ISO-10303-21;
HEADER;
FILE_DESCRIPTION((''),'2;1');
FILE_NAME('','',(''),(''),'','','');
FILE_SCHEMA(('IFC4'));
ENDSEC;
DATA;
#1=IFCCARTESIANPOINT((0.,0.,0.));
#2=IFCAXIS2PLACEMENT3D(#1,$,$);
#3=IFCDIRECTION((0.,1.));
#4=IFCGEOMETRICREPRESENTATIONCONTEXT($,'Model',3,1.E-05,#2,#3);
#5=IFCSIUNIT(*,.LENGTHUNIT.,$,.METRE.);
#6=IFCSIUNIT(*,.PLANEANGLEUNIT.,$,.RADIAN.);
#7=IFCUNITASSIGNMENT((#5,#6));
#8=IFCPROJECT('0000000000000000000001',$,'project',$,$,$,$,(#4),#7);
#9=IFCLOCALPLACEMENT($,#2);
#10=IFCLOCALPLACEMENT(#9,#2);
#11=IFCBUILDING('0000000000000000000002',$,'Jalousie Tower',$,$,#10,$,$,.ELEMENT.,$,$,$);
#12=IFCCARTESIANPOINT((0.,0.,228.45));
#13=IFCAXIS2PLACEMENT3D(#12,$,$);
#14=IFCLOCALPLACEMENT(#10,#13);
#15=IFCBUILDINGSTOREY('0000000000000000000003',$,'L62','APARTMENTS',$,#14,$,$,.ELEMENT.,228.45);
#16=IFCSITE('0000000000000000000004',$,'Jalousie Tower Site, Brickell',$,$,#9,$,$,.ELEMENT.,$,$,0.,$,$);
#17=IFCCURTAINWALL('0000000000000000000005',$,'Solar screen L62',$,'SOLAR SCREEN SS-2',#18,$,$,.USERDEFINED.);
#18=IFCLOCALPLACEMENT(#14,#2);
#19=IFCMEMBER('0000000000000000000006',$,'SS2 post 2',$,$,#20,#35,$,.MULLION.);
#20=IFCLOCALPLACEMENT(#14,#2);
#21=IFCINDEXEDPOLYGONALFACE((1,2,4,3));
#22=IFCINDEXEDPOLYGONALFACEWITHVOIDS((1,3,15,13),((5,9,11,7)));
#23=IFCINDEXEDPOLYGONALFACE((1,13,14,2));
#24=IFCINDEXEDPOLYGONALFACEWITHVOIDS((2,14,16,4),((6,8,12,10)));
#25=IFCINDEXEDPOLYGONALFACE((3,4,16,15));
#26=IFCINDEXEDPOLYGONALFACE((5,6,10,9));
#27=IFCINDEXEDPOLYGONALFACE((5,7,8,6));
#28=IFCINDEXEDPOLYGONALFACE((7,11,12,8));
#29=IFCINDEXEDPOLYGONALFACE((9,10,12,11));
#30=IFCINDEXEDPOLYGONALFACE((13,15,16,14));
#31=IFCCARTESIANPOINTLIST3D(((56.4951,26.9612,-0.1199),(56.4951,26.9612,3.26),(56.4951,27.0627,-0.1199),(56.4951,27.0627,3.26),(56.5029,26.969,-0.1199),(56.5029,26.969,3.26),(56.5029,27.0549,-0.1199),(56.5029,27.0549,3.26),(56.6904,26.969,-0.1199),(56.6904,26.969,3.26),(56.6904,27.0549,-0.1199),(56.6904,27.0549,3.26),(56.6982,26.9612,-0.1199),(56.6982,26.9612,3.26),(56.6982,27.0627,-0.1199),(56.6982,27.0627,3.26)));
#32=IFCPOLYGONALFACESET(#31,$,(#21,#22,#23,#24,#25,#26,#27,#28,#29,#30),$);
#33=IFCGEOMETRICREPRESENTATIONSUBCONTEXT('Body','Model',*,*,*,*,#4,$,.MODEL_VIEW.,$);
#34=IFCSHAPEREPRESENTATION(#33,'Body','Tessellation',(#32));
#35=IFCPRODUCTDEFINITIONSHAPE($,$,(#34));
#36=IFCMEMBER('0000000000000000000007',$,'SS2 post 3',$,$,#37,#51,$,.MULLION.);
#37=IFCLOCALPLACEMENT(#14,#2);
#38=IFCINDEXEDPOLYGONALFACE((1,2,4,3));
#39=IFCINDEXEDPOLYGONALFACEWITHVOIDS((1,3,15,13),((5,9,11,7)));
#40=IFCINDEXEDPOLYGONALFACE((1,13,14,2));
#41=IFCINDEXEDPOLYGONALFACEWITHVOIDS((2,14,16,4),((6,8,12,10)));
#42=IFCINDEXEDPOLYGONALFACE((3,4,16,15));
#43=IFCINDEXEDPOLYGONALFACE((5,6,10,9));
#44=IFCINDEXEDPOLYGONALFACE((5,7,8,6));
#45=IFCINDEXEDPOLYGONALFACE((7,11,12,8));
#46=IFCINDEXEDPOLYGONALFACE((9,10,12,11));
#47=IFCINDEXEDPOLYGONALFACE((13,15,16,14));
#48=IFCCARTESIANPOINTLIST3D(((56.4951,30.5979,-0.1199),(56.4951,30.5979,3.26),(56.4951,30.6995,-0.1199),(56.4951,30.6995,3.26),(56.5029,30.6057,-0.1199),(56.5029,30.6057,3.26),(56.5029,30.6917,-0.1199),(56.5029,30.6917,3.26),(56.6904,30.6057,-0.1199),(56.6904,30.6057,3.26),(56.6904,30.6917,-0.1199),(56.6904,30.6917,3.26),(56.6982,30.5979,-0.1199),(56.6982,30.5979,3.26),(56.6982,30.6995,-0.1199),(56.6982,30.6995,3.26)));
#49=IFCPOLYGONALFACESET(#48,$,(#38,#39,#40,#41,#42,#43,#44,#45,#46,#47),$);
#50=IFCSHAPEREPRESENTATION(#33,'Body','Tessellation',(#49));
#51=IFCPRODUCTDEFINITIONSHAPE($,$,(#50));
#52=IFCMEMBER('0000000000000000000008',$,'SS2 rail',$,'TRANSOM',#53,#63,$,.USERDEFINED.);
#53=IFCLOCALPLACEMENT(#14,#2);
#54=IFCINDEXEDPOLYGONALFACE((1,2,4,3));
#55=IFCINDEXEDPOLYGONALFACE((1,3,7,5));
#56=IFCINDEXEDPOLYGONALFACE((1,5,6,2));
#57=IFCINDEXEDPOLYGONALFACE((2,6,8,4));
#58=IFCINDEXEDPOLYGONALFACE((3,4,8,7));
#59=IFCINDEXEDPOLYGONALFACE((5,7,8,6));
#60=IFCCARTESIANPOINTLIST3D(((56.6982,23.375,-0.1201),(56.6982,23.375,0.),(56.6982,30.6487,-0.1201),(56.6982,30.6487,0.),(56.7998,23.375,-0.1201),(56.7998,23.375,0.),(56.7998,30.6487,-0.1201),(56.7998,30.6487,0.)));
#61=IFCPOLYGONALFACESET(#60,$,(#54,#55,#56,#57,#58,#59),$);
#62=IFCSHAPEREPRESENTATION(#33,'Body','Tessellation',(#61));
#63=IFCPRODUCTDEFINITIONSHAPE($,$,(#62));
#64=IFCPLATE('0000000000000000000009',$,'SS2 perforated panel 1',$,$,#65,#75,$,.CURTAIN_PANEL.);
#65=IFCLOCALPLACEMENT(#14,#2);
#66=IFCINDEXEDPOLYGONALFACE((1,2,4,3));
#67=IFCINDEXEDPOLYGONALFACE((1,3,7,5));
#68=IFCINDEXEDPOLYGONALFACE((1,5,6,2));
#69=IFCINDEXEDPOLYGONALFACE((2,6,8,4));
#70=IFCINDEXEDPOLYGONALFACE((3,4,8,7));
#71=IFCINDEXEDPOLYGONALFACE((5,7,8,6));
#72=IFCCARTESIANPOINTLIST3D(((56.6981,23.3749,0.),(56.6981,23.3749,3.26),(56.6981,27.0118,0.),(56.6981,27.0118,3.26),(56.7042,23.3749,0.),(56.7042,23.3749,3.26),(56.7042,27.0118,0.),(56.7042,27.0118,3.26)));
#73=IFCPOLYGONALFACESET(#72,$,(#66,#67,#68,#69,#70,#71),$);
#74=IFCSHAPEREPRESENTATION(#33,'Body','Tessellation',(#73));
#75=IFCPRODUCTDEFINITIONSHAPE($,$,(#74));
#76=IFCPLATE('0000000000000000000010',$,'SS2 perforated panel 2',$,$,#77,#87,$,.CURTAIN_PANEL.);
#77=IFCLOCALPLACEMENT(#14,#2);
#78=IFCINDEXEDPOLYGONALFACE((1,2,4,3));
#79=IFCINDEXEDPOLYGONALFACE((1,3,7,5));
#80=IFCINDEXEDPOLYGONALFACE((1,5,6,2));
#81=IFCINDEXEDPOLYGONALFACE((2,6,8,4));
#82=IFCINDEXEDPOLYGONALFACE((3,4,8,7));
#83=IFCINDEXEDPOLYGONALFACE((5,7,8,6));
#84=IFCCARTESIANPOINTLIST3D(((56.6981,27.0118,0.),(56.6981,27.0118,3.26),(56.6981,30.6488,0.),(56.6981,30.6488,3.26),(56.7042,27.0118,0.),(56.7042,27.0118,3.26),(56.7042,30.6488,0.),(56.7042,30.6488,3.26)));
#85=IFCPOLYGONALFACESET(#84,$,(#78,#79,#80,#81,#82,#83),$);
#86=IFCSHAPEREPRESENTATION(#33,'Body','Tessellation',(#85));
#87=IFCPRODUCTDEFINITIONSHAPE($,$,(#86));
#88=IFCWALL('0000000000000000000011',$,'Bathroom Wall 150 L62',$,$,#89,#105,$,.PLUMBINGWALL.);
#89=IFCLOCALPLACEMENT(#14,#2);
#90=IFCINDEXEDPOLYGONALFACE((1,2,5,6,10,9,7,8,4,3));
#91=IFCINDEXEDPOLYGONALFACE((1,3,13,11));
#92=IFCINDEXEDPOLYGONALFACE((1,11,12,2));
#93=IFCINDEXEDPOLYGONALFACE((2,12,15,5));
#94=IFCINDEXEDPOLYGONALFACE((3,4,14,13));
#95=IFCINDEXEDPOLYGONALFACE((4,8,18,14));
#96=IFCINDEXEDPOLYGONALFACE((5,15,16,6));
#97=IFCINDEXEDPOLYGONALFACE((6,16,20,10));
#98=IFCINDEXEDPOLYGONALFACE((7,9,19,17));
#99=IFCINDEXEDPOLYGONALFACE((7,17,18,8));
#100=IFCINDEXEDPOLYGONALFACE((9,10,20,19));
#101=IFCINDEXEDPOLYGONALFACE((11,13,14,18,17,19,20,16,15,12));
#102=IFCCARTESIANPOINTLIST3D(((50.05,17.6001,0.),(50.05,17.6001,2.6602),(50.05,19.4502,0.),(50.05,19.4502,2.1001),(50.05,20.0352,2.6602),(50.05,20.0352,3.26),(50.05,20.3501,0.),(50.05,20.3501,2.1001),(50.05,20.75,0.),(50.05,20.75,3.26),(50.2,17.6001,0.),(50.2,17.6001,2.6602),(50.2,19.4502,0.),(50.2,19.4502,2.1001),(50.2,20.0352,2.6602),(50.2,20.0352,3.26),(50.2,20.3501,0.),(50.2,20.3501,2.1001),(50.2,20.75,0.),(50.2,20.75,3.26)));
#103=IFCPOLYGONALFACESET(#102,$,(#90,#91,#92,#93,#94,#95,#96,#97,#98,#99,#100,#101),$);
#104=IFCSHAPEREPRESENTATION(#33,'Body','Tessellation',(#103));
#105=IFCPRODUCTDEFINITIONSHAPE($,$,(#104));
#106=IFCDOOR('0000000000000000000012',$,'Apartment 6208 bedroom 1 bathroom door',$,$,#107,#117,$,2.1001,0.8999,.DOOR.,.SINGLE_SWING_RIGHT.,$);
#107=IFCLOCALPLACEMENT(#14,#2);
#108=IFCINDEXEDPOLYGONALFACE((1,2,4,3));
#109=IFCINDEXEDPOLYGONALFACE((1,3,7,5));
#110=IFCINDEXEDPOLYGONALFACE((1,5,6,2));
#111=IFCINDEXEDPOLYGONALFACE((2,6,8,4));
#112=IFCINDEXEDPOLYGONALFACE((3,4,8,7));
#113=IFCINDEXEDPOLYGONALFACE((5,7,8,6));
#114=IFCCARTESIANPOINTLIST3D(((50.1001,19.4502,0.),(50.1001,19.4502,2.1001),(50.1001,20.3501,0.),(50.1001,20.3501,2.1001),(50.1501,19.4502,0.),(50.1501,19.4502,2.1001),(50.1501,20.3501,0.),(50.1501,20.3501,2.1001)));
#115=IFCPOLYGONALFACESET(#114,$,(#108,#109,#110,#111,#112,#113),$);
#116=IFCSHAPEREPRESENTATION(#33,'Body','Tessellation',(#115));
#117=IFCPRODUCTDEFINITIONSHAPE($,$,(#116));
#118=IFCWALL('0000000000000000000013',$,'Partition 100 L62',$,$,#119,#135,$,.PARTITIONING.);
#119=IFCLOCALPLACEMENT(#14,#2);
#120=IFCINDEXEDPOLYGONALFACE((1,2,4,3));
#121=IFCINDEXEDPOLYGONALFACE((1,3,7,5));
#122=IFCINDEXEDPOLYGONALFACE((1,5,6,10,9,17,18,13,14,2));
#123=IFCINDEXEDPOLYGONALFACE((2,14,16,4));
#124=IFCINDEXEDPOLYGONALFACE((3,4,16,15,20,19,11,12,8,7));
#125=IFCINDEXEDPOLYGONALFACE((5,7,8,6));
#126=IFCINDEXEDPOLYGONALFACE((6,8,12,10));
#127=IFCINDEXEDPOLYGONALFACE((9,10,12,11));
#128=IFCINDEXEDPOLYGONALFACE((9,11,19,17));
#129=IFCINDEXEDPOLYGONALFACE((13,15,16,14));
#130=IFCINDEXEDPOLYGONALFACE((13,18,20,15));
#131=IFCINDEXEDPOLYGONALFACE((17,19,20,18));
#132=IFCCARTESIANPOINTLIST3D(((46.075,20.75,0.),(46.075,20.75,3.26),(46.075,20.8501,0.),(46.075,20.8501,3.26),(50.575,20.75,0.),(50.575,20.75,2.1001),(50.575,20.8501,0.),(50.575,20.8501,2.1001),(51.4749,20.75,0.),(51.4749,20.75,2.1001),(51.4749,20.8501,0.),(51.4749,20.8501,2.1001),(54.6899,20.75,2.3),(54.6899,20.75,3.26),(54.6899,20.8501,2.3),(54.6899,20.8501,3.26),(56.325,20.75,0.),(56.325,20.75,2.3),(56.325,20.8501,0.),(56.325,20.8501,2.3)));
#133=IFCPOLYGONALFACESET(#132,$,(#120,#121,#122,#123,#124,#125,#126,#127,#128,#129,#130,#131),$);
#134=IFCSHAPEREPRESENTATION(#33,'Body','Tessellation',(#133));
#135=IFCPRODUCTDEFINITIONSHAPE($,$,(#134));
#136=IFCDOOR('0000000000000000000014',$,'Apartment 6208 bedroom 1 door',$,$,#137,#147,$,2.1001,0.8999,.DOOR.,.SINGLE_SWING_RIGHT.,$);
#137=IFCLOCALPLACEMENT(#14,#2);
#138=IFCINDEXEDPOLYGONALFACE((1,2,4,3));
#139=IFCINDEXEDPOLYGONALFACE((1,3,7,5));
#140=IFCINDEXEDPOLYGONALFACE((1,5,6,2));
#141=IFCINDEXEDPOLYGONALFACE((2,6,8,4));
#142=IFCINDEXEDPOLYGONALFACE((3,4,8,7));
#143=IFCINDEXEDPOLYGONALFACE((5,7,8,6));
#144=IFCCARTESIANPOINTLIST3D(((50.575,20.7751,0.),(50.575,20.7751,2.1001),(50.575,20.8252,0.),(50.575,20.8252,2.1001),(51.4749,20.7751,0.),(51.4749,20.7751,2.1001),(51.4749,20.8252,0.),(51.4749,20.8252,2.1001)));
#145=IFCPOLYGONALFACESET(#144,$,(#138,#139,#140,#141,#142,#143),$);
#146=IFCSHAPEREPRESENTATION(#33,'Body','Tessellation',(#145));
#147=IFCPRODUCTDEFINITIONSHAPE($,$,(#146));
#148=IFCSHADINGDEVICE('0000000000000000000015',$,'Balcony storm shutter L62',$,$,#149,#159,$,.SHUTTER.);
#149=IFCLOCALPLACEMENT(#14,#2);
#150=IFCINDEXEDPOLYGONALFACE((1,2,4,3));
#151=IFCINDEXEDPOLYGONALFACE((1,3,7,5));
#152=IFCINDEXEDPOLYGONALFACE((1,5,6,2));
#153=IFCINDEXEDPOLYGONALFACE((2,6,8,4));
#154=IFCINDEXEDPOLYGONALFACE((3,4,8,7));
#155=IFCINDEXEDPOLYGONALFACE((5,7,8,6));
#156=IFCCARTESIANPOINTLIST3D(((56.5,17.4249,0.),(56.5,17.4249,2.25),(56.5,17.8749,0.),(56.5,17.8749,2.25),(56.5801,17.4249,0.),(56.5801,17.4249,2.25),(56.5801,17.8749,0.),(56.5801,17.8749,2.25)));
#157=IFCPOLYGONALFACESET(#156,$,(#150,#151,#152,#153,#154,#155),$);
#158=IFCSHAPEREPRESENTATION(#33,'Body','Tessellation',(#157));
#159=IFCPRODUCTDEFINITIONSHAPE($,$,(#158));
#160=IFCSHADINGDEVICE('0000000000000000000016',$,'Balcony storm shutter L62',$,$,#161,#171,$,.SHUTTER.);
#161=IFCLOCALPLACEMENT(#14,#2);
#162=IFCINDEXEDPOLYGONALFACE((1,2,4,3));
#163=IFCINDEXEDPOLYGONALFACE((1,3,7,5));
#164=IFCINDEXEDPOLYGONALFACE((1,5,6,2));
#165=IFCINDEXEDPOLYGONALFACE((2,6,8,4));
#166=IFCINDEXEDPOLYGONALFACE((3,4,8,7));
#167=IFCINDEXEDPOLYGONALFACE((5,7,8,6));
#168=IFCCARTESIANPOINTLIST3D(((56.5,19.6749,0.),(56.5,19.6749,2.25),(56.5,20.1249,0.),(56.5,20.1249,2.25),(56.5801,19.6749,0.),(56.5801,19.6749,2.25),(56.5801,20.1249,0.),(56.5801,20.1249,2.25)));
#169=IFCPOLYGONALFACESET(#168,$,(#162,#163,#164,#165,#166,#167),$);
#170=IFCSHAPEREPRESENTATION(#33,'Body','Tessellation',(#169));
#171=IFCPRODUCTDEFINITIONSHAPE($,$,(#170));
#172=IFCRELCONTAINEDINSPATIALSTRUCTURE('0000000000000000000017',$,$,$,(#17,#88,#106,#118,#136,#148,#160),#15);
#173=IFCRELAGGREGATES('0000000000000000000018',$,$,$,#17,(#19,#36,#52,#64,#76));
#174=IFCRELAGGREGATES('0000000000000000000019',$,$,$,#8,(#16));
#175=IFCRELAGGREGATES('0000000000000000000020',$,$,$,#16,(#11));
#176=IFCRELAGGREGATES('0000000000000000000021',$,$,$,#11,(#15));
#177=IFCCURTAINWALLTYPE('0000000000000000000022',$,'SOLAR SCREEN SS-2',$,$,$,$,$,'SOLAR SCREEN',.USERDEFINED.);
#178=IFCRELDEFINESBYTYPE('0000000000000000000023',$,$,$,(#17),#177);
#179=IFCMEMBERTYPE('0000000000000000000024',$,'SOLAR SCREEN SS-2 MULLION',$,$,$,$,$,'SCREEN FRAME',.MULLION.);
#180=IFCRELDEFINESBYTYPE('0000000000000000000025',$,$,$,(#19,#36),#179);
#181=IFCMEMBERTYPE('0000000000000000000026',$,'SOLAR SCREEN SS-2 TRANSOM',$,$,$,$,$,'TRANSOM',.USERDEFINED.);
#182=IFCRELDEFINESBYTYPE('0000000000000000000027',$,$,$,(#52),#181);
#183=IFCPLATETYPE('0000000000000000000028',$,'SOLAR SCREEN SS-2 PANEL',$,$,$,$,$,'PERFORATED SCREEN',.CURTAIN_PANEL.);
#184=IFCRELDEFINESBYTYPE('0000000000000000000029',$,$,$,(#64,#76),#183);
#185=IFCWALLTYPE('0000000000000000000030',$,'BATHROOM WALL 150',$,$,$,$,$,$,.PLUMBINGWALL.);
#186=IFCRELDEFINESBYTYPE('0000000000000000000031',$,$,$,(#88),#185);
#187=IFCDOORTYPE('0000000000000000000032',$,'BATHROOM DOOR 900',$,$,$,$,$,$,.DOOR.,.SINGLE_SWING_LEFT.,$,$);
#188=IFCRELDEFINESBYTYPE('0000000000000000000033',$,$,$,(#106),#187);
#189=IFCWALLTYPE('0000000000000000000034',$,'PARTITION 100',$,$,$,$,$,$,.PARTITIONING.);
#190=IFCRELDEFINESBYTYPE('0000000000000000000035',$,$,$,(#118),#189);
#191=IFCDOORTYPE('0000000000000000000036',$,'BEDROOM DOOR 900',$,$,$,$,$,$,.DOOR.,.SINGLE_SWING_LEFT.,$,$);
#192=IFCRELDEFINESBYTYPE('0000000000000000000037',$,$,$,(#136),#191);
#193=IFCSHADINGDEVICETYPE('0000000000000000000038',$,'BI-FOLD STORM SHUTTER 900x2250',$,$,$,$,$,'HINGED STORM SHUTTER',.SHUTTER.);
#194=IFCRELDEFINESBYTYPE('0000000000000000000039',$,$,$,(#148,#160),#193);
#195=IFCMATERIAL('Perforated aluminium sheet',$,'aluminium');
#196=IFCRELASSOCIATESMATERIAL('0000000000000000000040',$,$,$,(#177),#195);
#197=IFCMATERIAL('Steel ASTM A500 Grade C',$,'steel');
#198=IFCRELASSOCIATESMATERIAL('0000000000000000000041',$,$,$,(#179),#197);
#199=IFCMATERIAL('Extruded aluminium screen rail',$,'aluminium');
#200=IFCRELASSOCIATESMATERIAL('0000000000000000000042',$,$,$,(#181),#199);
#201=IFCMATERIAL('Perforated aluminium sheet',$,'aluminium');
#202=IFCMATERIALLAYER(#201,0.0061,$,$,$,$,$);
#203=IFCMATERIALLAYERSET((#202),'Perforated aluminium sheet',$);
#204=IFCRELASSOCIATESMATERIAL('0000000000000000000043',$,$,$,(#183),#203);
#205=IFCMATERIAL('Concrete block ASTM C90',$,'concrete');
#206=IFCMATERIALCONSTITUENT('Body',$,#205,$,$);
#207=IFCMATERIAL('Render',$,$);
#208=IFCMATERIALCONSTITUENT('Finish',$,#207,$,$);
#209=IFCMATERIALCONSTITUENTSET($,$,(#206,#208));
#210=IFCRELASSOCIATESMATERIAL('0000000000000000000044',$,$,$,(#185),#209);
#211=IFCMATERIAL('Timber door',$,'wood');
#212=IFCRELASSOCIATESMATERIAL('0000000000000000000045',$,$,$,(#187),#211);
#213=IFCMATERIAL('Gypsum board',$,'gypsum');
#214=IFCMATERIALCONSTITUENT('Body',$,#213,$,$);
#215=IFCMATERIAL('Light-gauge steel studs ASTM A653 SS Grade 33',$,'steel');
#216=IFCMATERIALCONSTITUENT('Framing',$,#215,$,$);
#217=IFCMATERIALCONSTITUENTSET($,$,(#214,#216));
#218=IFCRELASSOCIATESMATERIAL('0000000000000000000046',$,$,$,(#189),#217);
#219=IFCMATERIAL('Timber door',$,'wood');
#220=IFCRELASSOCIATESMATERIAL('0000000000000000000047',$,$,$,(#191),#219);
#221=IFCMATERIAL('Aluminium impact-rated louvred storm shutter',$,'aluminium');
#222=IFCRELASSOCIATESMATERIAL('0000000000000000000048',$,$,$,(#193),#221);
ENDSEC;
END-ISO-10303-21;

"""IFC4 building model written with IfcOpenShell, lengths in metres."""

from ifc_helpers import new_model, si_unit, direction, frame, frame_2d, origin, origin_2d, place, context, subcontext, project, spatial, polyline, rectangle, hollow_rectangle, outline, extrude, material, layer, layer_set, constituent, constituent_set, material_profile, profile_set, type_object, element, fill, aggregate, save


model = new_model("IFC4")

# Units and contexts
model_context = context("Model", 3, precision=1e-05, world=origin(), true_north=direction((0.0, 1.0)))
body_context = subcontext(model_context, "Body", "Model", "MODEL_VIEW")
ifc_project = project(units=[si_unit("LENGTHUNIT", "METRE"), si_unit("PLANEANGLEUNIT", "RADIAN")], contexts=[model_context])

# Site, building, storey
site_placement = place(None, origin())
site = spatial("IfcSite", under=ifc_project, at=site_placement, Name="Jalousie Tower Site, Brickell", CompositionType="ELEMENT", RefElevation=0.0)
building_placement = place(site_placement, origin())
building = spatial("IfcBuilding", under=site, at=building_placement, Name="Jalousie Tower", CompositionType="ELEMENT")
storey_placement = place(building_placement, frame((0.0, 0.0, 228.45)))
storey = spatial("IfcBuildingStorey", under=building, at=storey_placement, Name="L62", Description="APARTMENTS", CompositionType="ELEMENT", Elevation=228.45)

# Curtain wall, members, plates
ifc_material_1 = material(Name="Perforated aluminium sheet", Category="aluminium")
curtain_wall_type_1 = type_object("IfcCurtainWallType", Name="SOLAR SCREEN SS-2", ElementType="SOLAR SCREEN", PredefinedType="USERDEFINED", material=ifc_material_1)
curtain_wall_1_placement = place(storey_placement, origin())
curtain_wall_1 = element("IfcCurtainWall", 1, at=curtain_wall_1_placement, inside=storey, type_object=curtain_wall_type_1, Name="Solar screen L62", ObjectType="SOLAR SCREEN SS-2", PredefinedType="USERDEFINED")
ifc_material_2 = material(Name="Steel ASTM A500 Grade C", Category="steel")
ifc_material_profile_1 = material_profile(ifc_material_2, hollow_rectangle(XDim=0.1016, YDim=0.2031, WallThickness=0.0078, at=origin_2d()), Name="HSS8X4X5/16")
ifc_profile_set_1 = profile_set([ifc_material_profile_1], Name="Steel ASTM A500 Grade C")
member_type_1 = type_object("IfcMemberType", Name="SOLAR SCREEN SS-2 MULLION", ElementType="SCREEN FRAME", PredefinedType="MULLION", material=ifc_profile_set_1)
member_1_placement = place(storey_placement, frame((56.5967, 27.012, -0.1199), z_axis=(0.0, 0.0, 1.0), x_axis=(0.0, 1.0, 0.0)))
member_1 = element("IfcMember", 2, at=member_1_placement, type_object=member_type_1, Name="SS2 post 2", PredefinedType="MULLION", context=body_context, shape_type="SweptSolid", body=[
    extrude(hollow_rectangle(XDim=0.1016, YDim=0.2031, WallThickness=0.0078, at=origin_2d()), origin(), (0.0, 0.0, 1.0), 3.3799),
])
member_2_placement = place(storey_placement, frame((56.5967, 30.6487, -0.1199), z_axis=(0.0, 0.0, 1.0), x_axis=(0.0, 1.0, 0.0)))
member_2 = element("IfcMember", 3, at=member_2_placement, type_object=member_type_1, Name="SS2 post 3", PredefinedType="MULLION", context=body_context, shape_type="SweptSolid", body=[
    extrude(hollow_rectangle(XDim=0.1016, YDim=0.2031, WallThickness=0.0078, at=origin_2d()), origin(), (0.0, 0.0, 1.0), 3.3799),
])
ifc_material_3 = material(Name="Extruded aluminium screen rail", Category="aluminium")
ifc_material_profile_2 = material_profile(ifc_material_3, rectangle(XDim=0.1016, YDim=0.1201, at=origin_2d()), Name="RAIL 102x120")
ifc_profile_set_2 = profile_set([ifc_material_profile_2], Name="Extruded aluminium screen rail")
member_type_2 = type_object("IfcMemberType", Name="SOLAR SCREEN SS-2 TRANSOM", ElementType="TRANSOM", PredefinedType="USERDEFINED", material=ifc_profile_set_2)
member_3_placement = place(storey_placement, frame((56.749, 23.375, -0.0601), z_axis=(0.0, 1.0, 0.0), x_axis=(-1.0, 0.0, 0.0)))
member_3 = element("IfcMember", 4, at=member_3_placement, type_object=member_type_2, Name="SS2 rail", ObjectType="TRANSOM", PredefinedType="USERDEFINED", context=body_context, shape_type="SweptSolid", body=[
    extrude(rectangle(XDim=0.1016, YDim=0.1201, at=origin_2d()), origin(), (0.0, 0.0, 1.0), 7.2737),
])
ifc_material_4 = material(Name="Perforated aluminium sheet", Category="aluminium")
ifc_layer_1 = layer(ifc_material_4, 0.0061)
ifc_layer_set_1 = layer_set([ifc_layer_1], Name="Perforated aluminium sheet")
plate_type = type_object("IfcPlateType", Name="SOLAR SCREEN SS-2 PANEL", ElementType="PERFORATED SCREEN", PredefinedType="CURTAIN_PANEL", material=ifc_layer_set_1)
plate_1_placement = place(storey_placement, frame((56.7012, 25.1934, 0.0), z_axis=(0.0, 0.0, 1.0), x_axis=(0.0, 1.0, 0.0)))
plate_1 = element("IfcPlate", 5, at=plate_1_placement, type_object=plate_type, Name="SS2 perforated panel 1", PredefinedType="CURTAIN_PANEL", context=body_context, shape_type="SweptSolid", body=[
    extrude(rectangle(XDim=3.637, YDim=0.0061, at=origin_2d()), origin(), (0.0, 0.0, 1.0), 3.26),
])
plate_2_placement = place(storey_placement, frame((56.7012, 28.8303, 0.0), z_axis=(0.0, 0.0, 1.0), x_axis=(0.0, 1.0, 0.0)))
plate_2 = element("IfcPlate", 6, at=plate_2_placement, type_object=plate_type, Name="SS2 perforated panel 2", PredefinedType="CURTAIN_PANEL", context=body_context, shape_type="SweptSolid", body=[
    extrude(rectangle(XDim=3.637, YDim=0.0061, at=origin_2d()), origin(), (0.0, 0.0, 1.0), 3.26),
])
aggregate(curtain_wall_1, [member_1, member_2, member_3, plate_1, plate_2])

# Walls, openings, doors
ifc_material_5 = material(Name="Concrete block ASTM C90", Category="concrete")
ifc_constituent_1 = constituent(ifc_material_5, Name="Body")
ifc_material_6 = material(Name="Render")
ifc_constituent_2 = constituent(ifc_material_6, Name="Finish")
ifc_constituent_set_1 = constituent_set(constituents=[ifc_constituent_1, ifc_constituent_2])
wall_type_1 = type_object("IfcWallType", Name="BATHROOM WALL 150", PredefinedType="PLUMBINGWALL", material=ifc_constituent_set_1)
wall_1_placement = place(storey_placement, frame((50.125, 17.6001, 0.0), z_axis=(0.0, 0.0, 1.0), x_axis=(0.0, 1.0, 0.0)))
wall_1 = element("IfcWall", 7, at=wall_1_placement, inside=storey, type_object=wall_type_1, Name="Bathroom Wall 150 L62", PredefinedType="PLUMBINGWALL", context=body_context, shape_type="SweptSolid", body=[
    extrude(outline(polyline([(0.0, 0.0), (3.1499, 0.0), (3.1499, 3.26), (2.4351, 3.26), (2.4351, 2.6602), (0.0, 2.6602), (0.0, 3.26), (0.0, 0.0)])), frame((0.0, 0.075, 0.0), z_axis=(0.0, -1.0, 0.0), x_axis=(1.0, 0.0, 0.0)), (0.0, 0.0, 1.0), 0.1499),
])
opening_1_placement = place(wall_1_placement, frame((1.8501, 0.0, 0.0)))
opening_1 = element("IfcOpeningElement", 8, at=opening_1_placement, cuts=wall_1, PredefinedType="OPENING", context=body_context, shape_type="SweptSolid", body=[
    extrude(rectangle(XDim=0.8999, YDim=2.1001, at=frame_2d((0.45, 1.05))), frame((0.0, 0.085, 0.0), z_axis=(0.0, -1.0, 0.0), x_axis=(1.0, 0.0, 0.0)), (0.0, 0.0, 1.0), 0.1699),
])
ifc_material_7 = material(Name="Timber door", Category="wood")
door_type_1 = type_object("IfcDoorType", Name="BATHROOM DOOR 900", OperationType="SINGLE_SWING_LEFT", PredefinedType="DOOR", material=ifc_material_7)
door_1_placement = place(opening_1_placement, origin())
door_1 = element("IfcDoor", 9, at=door_1_placement, inside=storey, type_object=door_type_1, Name="Apartment 6208 bedroom 1 bathroom door", OperationType="SINGLE_SWING_RIGHT", OverallHeight=2.1001, OverallWidth=0.8999, PredefinedType="DOOR", context=body_context, shape_type="SweptSolid", body=[
    extrude(rectangle(XDim=0.8999, YDim=2.1001, at=frame_2d((0.45, 1.05))), frame((0.0, 0.0249, 0.0), z_axis=(0.0, -1.0, 0.0), x_axis=(1.0, 0.0, 0.0)), (0.0, 0.0, 1.0), 0.05),
])
fill(opening_1, door_1)
ifc_material_8 = material(Name="Gypsum board", Category="gypsum")
ifc_constituent_3 = constituent(ifc_material_8, Name="Body")
ifc_material_9 = material(Name="Light-gauge steel studs ASTM A653 SS Grade 33", Category="steel")
ifc_constituent_4 = constituent(ifc_material_9, Name="Framing")
ifc_constituent_set_2 = constituent_set(constituents=[ifc_constituent_3, ifc_constituent_4])
wall_type_2 = type_object("IfcWallType", Name="PARTITION 100", PredefinedType="PARTITIONING", material=ifc_constituent_set_2)
wall_2_placement = place(storey_placement, frame((56.325, 20.8, 0.0), z_axis=(0.0, 0.0, 1.0), x_axis=(-1.0, 0.0, 0.0)))
wall_2 = element("IfcWall", 10, at=wall_2_placement, inside=storey, type_object=wall_type_2, Name="Partition 100 L62", PredefinedType="PARTITIONING", context=body_context, shape_type="SweptSolid", body=[
    extrude(outline(polyline([(0.0, 0.0), (10.25, 0.0), (10.25, 3.26), (1.635, 3.26), (1.635, 2.3), (0.0, 2.3), (0.0, 3.26), (0.0, 0.0)])), frame((0.0, 0.05, 0.0), z_axis=(0.0, -1.0, 0.0), x_axis=(1.0, 0.0, 0.0)), (0.0, 0.0, 1.0), 0.1001),
])
opening_2_placement = place(wall_2_placement, frame((4.8501, 0.0, 0.0)))
opening_2 = element("IfcOpeningElement", 11, at=opening_2_placement, cuts=wall_2, PredefinedType="OPENING", context=body_context, shape_type="SweptSolid", body=[
    extrude(rectangle(XDim=0.8999, YDim=2.1001, at=frame_2d((0.45, 1.05))), frame((0.0, 0.0601, 0.0), z_axis=(0.0, -1.0, 0.0), x_axis=(1.0, 0.0, 0.0)), (0.0, 0.0, 1.0), 0.1201),
])
ifc_material_10 = material(Name="Timber door", Category="wood")
door_type_2 = type_object("IfcDoorType", Name="BEDROOM DOOR 900", OperationType="SINGLE_SWING_LEFT", PredefinedType="DOOR", material=ifc_material_10)
door_2_placement = place(opening_2_placement, origin())
door_2 = element("IfcDoor", 12, at=door_2_placement, inside=storey, type_object=door_type_2, Name="Apartment 6208 bedroom 1 door", OperationType="SINGLE_SWING_RIGHT", OverallHeight=2.1001, OverallWidth=0.8999, PredefinedType="DOOR", context=body_context, shape_type="SweptSolid", body=[
    extrude(rectangle(XDim=0.8999, YDim=2.1001, at=frame_2d((0.45, 1.05))), frame((0.0, 0.0249, 0.0), z_axis=(0.0, -1.0, 0.0), x_axis=(1.0, 0.0, 0.0)), (0.0, 0.0, 1.0), 0.05),
])
fill(opening_2, door_2)

# Shading devices
ifc_material_11 = material(Name="Aluminium impact-rated louvred storm shutter", Category="aluminium")
shading_device_type_1 = type_object("IfcShadingDeviceType", Name="BI-FOLD STORM SHUTTER 900x2250", ElementType="HINGED STORM SHUTTER", PredefinedType="SHUTTER", material=ifc_material_11)
for number, where, z_axis, x_axis, name in (
    (13, (56.54, 17.6499, 0.0), (0.0, 0.0, 1.0), (0.0, 1.0, 0.0), "Balcony storm shutter L62"),
    (14, (56.54, 19.8999, 0.0), (0.0, 0.0, 1.0), (0.0, 1.0, 0.0), "Balcony storm shutter L62"),
):
    element("IfcShadingDevice", number, at=place(storey_placement, frame(where, z_axis=z_axis, x_axis=x_axis)), inside=storey, type_object=shading_device_type_1, Name=name, PredefinedType="SHUTTER", context=body_context, shape_type="SweptSolid", body=[
        extrude(rectangle(XDim=0.45, YDim=0.0801, at=origin_2d()), origin(), (0.0, 0.0, 1.0), 2.25),
    ])

save(model, "model.ifc")
